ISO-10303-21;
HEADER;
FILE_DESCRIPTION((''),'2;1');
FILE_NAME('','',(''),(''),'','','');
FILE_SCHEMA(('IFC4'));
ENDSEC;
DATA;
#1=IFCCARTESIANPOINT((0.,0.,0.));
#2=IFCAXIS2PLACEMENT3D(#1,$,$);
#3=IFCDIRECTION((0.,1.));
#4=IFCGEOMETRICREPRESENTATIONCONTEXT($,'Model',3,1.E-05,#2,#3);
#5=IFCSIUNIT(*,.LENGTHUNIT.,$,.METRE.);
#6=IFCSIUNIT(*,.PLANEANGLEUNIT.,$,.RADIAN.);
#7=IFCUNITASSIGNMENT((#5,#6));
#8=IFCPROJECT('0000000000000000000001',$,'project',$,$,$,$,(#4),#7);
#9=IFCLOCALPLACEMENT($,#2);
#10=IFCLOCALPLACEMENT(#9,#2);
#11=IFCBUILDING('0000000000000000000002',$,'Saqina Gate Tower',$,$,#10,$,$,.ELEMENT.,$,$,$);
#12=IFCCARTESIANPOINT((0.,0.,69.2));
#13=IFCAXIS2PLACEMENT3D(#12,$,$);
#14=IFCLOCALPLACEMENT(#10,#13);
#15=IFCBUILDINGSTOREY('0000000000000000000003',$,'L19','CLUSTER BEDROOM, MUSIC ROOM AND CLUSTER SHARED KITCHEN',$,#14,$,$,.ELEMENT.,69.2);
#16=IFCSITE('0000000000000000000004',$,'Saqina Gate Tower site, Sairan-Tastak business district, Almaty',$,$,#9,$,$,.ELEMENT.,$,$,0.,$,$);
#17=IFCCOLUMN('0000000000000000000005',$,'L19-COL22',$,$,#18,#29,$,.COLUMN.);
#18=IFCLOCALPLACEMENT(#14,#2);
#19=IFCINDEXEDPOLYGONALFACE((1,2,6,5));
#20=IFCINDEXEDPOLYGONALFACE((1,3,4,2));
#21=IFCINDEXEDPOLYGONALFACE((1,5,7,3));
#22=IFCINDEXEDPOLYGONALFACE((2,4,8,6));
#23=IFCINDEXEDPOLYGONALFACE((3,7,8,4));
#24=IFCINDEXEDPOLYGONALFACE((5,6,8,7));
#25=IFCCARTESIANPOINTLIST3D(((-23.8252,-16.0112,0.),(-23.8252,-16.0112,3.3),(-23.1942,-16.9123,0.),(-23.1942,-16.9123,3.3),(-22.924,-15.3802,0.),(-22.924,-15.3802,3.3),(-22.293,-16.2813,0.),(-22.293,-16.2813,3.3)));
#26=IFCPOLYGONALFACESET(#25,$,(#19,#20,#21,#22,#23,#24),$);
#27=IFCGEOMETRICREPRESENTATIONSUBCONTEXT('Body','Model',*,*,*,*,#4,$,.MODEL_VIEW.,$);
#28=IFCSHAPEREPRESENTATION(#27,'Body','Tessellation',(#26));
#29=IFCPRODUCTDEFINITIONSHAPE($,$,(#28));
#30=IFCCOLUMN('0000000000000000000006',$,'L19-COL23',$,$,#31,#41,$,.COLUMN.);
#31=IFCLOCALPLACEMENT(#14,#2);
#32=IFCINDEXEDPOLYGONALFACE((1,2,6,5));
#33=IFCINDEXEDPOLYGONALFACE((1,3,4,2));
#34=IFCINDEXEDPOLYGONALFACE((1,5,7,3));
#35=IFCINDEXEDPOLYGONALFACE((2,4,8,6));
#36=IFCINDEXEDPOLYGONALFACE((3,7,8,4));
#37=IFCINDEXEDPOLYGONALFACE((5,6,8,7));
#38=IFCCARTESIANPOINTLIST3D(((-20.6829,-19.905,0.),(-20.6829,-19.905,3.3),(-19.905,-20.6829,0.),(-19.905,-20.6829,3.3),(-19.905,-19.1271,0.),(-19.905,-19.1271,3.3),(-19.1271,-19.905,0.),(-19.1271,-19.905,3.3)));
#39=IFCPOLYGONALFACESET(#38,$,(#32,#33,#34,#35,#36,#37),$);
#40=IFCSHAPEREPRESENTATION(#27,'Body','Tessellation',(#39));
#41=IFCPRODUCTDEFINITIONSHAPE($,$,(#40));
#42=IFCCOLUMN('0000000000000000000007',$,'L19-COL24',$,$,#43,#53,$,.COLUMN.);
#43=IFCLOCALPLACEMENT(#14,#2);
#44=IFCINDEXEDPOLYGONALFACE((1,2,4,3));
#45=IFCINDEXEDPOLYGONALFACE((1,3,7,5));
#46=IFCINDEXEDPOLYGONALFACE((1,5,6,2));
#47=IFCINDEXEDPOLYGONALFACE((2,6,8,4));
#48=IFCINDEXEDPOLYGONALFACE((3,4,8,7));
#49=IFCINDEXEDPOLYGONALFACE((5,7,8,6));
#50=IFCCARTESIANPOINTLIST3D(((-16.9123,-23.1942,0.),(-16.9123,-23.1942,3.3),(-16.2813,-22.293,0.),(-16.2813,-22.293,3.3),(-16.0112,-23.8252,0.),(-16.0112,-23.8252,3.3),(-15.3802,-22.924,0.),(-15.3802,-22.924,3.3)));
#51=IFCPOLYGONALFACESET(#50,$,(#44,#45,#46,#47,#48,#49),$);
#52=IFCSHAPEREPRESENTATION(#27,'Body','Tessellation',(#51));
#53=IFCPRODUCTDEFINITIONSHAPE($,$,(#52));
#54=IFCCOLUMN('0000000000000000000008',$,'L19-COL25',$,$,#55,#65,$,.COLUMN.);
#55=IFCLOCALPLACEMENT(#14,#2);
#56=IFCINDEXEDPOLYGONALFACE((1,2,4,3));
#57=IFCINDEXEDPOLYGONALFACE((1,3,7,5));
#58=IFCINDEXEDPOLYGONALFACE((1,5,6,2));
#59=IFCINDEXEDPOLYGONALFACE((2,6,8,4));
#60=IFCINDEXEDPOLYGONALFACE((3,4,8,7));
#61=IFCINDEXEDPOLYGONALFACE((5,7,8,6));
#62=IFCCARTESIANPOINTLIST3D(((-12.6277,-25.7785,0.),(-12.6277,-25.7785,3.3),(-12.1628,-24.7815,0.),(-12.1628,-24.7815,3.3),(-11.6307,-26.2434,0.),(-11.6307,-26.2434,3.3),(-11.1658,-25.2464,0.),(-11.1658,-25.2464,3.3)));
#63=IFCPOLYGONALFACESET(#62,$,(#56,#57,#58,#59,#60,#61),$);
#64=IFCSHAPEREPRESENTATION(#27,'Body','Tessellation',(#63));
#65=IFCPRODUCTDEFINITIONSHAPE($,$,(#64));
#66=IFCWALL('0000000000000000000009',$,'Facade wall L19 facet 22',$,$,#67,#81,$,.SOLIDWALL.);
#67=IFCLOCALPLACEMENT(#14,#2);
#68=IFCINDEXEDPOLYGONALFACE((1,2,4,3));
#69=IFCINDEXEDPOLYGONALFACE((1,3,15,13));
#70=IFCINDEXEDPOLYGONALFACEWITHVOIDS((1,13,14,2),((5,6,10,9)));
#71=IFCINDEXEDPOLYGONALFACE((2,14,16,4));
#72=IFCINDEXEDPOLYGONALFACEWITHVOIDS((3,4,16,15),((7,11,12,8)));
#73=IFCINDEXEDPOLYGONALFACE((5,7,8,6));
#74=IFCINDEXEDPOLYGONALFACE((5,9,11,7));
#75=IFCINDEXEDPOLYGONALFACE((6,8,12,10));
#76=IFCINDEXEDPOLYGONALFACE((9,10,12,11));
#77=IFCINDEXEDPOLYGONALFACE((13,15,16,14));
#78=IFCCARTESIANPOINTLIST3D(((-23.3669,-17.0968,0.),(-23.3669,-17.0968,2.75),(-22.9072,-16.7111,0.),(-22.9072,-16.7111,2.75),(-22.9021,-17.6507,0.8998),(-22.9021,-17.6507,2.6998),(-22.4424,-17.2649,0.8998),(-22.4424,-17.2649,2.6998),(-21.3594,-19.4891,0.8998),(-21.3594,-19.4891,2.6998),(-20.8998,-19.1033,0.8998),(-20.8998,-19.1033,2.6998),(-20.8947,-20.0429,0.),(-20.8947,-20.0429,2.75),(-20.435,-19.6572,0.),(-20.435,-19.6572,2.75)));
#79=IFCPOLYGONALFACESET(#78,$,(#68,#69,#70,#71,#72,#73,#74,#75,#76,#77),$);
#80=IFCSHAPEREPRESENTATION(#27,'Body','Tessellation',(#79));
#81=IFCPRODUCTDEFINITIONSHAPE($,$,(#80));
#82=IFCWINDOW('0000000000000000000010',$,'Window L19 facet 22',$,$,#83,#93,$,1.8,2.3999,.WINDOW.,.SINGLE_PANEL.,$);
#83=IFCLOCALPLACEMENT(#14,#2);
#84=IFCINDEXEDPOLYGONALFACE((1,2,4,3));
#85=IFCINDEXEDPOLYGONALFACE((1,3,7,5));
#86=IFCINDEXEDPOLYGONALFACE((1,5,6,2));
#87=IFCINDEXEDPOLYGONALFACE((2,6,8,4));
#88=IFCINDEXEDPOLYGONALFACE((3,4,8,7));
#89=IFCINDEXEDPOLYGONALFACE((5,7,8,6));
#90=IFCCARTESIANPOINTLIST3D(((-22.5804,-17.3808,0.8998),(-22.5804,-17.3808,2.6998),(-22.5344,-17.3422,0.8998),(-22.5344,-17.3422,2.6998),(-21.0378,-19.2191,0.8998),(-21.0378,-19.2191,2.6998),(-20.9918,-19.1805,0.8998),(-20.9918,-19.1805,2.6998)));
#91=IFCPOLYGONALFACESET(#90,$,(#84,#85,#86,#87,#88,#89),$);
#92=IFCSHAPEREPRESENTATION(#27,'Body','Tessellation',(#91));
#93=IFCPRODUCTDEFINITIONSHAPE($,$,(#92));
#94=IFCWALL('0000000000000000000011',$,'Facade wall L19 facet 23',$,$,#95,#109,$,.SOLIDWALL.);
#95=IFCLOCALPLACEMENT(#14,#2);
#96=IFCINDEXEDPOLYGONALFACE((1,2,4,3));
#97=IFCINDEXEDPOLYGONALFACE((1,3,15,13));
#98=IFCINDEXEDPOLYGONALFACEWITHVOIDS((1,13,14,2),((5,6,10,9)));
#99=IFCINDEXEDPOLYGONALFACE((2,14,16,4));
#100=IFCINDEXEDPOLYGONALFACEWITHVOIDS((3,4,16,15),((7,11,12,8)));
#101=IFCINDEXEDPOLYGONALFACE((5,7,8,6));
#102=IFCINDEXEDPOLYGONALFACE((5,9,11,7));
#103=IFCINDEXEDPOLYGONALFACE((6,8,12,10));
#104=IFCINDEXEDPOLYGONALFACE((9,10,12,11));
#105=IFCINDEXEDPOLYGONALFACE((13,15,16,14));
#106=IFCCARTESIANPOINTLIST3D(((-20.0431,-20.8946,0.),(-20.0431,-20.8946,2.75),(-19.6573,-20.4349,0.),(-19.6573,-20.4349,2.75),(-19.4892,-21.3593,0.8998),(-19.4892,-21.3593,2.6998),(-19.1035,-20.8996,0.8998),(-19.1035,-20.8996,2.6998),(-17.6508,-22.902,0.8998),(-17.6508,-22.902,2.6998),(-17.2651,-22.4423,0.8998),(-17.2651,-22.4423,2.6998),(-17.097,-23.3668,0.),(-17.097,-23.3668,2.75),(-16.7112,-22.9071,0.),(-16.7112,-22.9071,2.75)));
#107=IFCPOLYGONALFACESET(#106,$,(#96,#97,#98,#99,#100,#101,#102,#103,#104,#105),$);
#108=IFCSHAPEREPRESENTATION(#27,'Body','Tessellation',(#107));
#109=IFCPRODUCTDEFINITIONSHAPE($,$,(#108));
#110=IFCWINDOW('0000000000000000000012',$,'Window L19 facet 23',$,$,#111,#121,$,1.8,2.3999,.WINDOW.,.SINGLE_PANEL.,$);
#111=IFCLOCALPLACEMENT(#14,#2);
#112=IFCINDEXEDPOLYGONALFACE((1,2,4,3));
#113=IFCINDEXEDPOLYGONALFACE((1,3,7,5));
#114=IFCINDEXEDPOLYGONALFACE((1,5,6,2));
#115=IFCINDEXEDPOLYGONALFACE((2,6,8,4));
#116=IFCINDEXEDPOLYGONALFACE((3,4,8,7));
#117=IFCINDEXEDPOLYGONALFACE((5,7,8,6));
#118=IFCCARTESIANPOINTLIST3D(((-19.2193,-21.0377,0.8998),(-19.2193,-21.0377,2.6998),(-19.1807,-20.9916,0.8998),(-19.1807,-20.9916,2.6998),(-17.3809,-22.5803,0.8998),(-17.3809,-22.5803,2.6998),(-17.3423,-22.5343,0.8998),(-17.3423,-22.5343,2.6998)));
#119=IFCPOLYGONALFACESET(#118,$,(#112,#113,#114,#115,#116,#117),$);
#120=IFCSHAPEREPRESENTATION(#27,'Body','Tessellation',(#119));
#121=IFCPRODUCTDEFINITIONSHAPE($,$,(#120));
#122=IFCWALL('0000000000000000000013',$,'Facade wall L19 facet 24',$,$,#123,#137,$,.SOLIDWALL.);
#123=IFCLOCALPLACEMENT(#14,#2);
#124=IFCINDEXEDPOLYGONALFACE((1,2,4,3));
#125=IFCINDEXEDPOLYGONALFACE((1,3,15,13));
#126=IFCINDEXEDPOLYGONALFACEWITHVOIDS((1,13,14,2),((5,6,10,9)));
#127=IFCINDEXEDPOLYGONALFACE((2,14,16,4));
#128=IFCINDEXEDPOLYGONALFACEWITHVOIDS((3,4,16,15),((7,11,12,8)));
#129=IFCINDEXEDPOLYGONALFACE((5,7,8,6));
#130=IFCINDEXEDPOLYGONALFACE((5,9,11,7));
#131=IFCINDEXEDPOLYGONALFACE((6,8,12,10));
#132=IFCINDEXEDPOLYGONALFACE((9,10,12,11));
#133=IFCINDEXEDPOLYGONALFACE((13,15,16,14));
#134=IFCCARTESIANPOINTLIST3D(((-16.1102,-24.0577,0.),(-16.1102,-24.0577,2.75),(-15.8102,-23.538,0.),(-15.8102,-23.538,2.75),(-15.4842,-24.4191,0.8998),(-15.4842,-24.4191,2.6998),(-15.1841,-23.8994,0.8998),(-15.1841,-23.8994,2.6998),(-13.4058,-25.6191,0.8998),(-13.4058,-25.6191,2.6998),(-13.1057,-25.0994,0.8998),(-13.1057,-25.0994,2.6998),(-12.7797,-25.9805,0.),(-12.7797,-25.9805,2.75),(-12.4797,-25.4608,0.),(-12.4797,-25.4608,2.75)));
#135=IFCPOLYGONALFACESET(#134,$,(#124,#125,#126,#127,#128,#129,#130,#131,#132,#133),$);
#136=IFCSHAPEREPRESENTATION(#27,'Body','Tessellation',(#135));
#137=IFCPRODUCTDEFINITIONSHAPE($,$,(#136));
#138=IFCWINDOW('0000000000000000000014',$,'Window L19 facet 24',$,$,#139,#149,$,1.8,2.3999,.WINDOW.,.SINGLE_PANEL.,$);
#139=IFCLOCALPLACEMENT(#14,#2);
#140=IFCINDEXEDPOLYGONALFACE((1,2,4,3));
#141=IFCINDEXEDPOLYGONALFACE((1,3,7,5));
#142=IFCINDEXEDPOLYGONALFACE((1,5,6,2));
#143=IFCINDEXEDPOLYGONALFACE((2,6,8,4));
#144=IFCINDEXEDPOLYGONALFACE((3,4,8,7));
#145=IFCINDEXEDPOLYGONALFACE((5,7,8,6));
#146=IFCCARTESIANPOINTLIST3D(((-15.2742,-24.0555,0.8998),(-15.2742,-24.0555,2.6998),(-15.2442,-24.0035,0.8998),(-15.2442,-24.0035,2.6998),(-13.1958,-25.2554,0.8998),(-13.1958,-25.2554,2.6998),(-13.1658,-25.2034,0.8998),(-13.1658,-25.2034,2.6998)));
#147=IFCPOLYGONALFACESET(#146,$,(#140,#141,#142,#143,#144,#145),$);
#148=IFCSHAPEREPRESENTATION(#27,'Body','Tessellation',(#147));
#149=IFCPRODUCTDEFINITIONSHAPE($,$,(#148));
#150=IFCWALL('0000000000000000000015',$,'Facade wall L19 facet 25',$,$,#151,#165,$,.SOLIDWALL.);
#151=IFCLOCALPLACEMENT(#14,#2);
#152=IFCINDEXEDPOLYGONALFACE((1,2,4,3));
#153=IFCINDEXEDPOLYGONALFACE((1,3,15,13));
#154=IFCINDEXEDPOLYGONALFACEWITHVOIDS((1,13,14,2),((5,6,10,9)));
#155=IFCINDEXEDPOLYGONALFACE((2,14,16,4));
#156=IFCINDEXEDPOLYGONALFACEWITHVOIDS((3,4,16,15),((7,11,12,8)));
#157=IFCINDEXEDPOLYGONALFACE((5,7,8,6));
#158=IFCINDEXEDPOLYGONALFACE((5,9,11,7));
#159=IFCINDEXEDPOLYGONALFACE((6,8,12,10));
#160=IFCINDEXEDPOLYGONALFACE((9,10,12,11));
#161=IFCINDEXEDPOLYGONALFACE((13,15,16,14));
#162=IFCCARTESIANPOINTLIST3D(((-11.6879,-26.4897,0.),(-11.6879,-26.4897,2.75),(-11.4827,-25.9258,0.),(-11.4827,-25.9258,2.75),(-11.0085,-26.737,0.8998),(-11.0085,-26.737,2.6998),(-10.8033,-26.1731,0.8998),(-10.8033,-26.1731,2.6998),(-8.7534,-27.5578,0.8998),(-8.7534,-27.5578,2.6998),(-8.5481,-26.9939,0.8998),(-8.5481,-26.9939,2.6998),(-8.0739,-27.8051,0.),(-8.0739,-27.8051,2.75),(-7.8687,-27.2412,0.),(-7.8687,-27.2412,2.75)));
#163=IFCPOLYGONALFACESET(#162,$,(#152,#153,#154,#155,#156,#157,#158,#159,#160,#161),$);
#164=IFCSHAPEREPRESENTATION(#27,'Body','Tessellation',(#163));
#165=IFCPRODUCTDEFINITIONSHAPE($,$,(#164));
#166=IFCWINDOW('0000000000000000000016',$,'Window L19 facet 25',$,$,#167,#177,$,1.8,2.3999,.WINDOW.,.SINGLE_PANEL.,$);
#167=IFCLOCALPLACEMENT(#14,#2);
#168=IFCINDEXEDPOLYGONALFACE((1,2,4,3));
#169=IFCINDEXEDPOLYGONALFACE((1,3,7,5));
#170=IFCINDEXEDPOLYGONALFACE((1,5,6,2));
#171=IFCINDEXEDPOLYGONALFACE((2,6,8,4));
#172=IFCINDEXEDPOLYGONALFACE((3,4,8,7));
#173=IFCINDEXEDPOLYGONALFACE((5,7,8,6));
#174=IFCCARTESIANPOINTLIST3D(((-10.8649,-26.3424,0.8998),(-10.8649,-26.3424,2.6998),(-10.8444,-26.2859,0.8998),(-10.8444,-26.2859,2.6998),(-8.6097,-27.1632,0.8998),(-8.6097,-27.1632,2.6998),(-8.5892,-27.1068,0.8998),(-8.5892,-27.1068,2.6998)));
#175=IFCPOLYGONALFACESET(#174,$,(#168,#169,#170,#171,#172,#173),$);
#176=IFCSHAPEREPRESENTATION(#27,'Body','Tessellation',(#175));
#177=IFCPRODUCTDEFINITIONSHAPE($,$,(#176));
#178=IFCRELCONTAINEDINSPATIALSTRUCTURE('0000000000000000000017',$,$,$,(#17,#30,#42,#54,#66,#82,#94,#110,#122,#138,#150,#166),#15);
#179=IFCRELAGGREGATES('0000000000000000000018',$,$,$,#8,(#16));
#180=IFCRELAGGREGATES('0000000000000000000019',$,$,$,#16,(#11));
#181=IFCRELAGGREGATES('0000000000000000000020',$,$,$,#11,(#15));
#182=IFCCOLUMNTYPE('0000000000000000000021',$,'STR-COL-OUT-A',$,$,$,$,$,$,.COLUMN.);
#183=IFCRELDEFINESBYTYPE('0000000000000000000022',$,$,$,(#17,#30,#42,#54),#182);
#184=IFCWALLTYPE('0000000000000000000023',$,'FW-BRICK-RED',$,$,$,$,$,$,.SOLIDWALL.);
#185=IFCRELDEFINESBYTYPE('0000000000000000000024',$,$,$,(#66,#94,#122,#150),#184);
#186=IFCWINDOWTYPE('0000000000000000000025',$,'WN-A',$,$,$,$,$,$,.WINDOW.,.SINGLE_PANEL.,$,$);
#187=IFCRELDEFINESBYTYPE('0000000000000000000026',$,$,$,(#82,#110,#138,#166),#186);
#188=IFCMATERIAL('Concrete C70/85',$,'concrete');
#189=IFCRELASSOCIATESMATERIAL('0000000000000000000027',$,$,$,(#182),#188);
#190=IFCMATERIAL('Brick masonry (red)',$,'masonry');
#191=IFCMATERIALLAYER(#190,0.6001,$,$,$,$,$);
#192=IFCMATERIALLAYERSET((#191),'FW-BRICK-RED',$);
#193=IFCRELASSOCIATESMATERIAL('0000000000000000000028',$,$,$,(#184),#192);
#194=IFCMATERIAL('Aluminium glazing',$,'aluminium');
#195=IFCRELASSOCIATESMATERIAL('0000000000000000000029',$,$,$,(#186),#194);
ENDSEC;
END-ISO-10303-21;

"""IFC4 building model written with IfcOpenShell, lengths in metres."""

from ifc_helpers import new_model, si_unit, direction, frame, frame_2d, origin, origin_2d, place, context, subcontext, project, spatial, rectangle, extrude, material, layer, layer_set, material_profile, profile_set, type_object, element, fill, save


model = new_model("IFC4")

# Units and contexts
model_context = context("Model", 3, precision=1e-05, world=origin(), true_north=direction((0.0, 1.0)))
body_context = subcontext(model_context, "Body", "Model", "MODEL_VIEW")
ifc_project = project(units=[si_unit("LENGTHUNIT", "METRE"), si_unit("PLANEANGLEUNIT", "RADIAN")], contexts=[model_context])

# Site, building, storey
site_placement = place(None, origin())
site = spatial("IfcSite", under=ifc_project, at=site_placement, Name="Saqina Gate Tower site, Sairan-Tastak business district, Almaty", CompositionType="ELEMENT", RefElevation=0.0)
building_placement = place(site_placement, origin())
building = spatial("IfcBuilding", under=site, at=building_placement, Name="Saqina Gate Tower", CompositionType="ELEMENT")
storey_placement = place(building_placement, frame((0.0, 0.0, 69.2)))
storey = spatial("IfcBuildingStorey", under=building, at=storey_placement, Name="L19", Description="CLUSTER BEDROOM, MUSIC ROOM AND CLUSTER SHARED KITCHEN", CompositionType="ELEMENT", Elevation=69.2)

# Columns
ifc_material_1 = material(Name="Concrete C70/85", Category="concrete")
ifc_material_profile = material_profile(ifc_material_1, rectangle(XDim=1.1001, YDim=1.1001, at=origin_2d()), Name="RC 1100x1100")
ifc_profile_set = profile_set([ifc_material_profile], Name="Concrete C70/85")
column_type = type_object("IfcColumnType", Name="STR-COL-OUT-A", PredefinedType="COLUMN", material=ifc_profile_set)
for number, where, z_axis, x_axis, name in (
    (1, (-23.0591, -16.1462, 0.0), (0.0, 0.0, 1.0), (-0.819152, -0.573576, 0.0), "L19-COL22"),
    (2, (-19.905, -19.905, 0.0), (0.0, 0.0, 1.0), (-0.707107, -0.707107, 0.0), "L19-COL23"),
    (3, (-16.1462, -23.0591, 0.0), (0.0, 0.0, 1.0), (-0.573576, -0.819152, 0.0), "L19-COL24"),
    (4, (-11.8967, -25.5125, 0.0), (0.0, 0.0, 1.0), (-0.422618, -0.906308, 0.0), "L19-COL25"),
):
    element("IfcColumn", number, at=place(storey_placement, frame(where, z_axis=z_axis, x_axis=x_axis)), inside=storey, type_object=column_type, Name=name, PredefinedType="COLUMN", context=body_context, shape_type="SweptSolid", body=[
        extrude(rectangle(XDim=1.1001, YDim=1.1001, at=origin_2d()), origin(), (0.0, 0.0, 1.0), 3.3),
    ])

# Walls, openings, windows
ifc_material_2 = material(Name="Brick masonry (red)", Category="masonry")
ifc_layer_1 = layer(ifc_material_2, 0.6001)
ifc_layer_set_1 = layer_set([ifc_layer_1], Name="FW-BRICK-RED")
wall_type_1 = type_object("IfcWallType", Name="FW-BRICK-RED", PredefinedType="SOLIDWALL", material=ifc_layer_set_1)
wall_1_placement = place(storey_placement, frame((-23.137, -16.9041, 0.0), z_axis=(0.0, 0.0, 1.0), x_axis=(0.642809, -0.766026, 0.0)))
wall_1 = element("IfcWall", 5, at=wall_1_placement, inside=storey, type_object=wall_type_1, Name="Facade wall L19 facet 22", PredefinedType="SOLIDWALL", context=body_context, shape_type="SweptSolid", body=[
    extrude(rectangle(XDim=3.8459, YDim=0.6001, at=frame_2d((1.9229, 0.0))), origin(), (0.0, 0.0, 1.0), 2.75),
])
opening_1_placement = place(wall_1_placement, frame((0.7229, 0.0, 0.8999)))
opening_1 = element("IfcOpeningElement", 6, at=opening_1_placement, cuts=wall_1, PredefinedType="OPENING", context=body_context, shape_type="SweptSolid", body=[
    extrude(rectangle(XDim=2.3999, YDim=1.8, at=frame_2d((1.2, 0.8999))), frame((0.0, 0.312, 0.0), z_axis=(0.0, -1.0, 0.0), x_axis=(1.0, 0.0, 0.0)), (0.0, 0.0, 1.0), 0.624),
])
ifc_material_3 = material(Name="Aluminium glazing", Category="aluminium")
window_type = type_object("IfcWindowType", Name="WN-A", PartitioningType="SINGLE_PANEL", PredefinedType="WINDOW", material=ifc_material_3)
window_1_placement = place(opening_1_placement, origin())
window_1 = element("IfcWindow", 7, at=window_1_placement, inside=storey, type_object=window_type, Name="Window L19 facet 22", OverallHeight=1.8, OverallWidth=2.3999, PartitioningType="SINGLE_PANEL", PredefinedType="WINDOW", context=body_context, shape_type="SweptSolid", body=[
    extrude(rectangle(XDim=2.3999, YDim=1.8, at=frame_2d((1.2, 0.8999))), frame((0.0, 0.1799, 0.0), z_axis=(0.0, -1.0, 0.0), x_axis=(1.0, 0.0, 0.0)), (0.0, 0.0, 1.0), 0.0601),
])
fill(opening_1, window_1)
wall_2_placement = place(storey_placement, frame((-19.8501, -20.6648, 0.0), z_axis=(0.0, 0.0, 1.0), x_axis=(0.766026, -0.642809, 0.0)))
wall_2 = element("IfcWall", 8, at=wall_2_placement, inside=storey, type_object=wall_type_1, Name="Facade wall L19 facet 23", PredefinedType="SOLIDWALL", context=body_context, shape_type="SweptSolid", body=[
    extrude(rectangle(XDim=3.8459, YDim=0.6001, at=frame_2d((1.9229, 0.0))), origin(), (0.0, 0.0, 1.0), 2.75),
])
opening_2_placement = place(wall_2_placement, frame((0.7229, 0.0, 0.8999)))
opening_2 = element("IfcOpeningElement", 9, at=opening_2_placement, cuts=wall_2, PredefinedType="OPENING", context=body_context, shape_type="SweptSolid", body=[
    extrude(rectangle(XDim=2.3999, YDim=1.8, at=frame_2d((1.2, 0.8999))), frame((0.0, 0.312, 0.0), z_axis=(0.0, -1.0, 0.0), x_axis=(1.0, 0.0, 0.0)), (0.0, 0.0, 1.0), 0.624),
])
window_2_placement = place(opening_2_placement, origin())
window_2 = element("IfcWindow", 10, at=window_2_placement, inside=storey, type_object=window_type, Name="Window L19 facet 23", OverallHeight=1.8, OverallWidth=2.3999, PartitioningType="SINGLE_PANEL", PredefinedType="WINDOW", context=body_context, shape_type="SweptSolid", body=[
    extrude(rectangle(XDim=2.3999, YDim=1.8, at=frame_2d((1.2, 0.8999))), frame((0.0, 0.1799, 0.0), z_axis=(0.0, -1.0, 0.0), x_axis=(1.0, 0.0, 0.0)), (0.0, 0.0, 1.0), 0.0601),
])
fill(opening_2, window_2)
wall_3_placement = place(storey_placement, frame((-15.9602, -23.7979, 0.0), z_axis=(0.0, 0.0, 1.0), x_axis=(0.866031, -0.49999, 0.0)))
wall_3 = element("IfcWall", 11, at=wall_3_placement, inside=storey, type_object=wall_type_1, Name="Facade wall L19 facet 24", PredefinedType="SOLIDWALL", context=body_context, shape_type="SweptSolid", body=[
    extrude(rectangle(XDim=3.8457, YDim=0.6001, at=frame_2d((1.9229, 0.0))), origin(), (0.0, 0.0, 1.0), 2.75),
])
opening_3_placement = place(wall_3_placement, frame((0.7229, 0.0, 0.8999)))
opening_3 = element("IfcOpeningElement", 12, at=opening_3_placement, cuts=wall_3, PredefinedType="OPENING", context=body_context, shape_type="SweptSolid", body=[
    extrude(rectangle(XDim=2.3999, YDim=1.8, at=frame_2d((1.2, 0.8999))), frame((0.0, 0.312, 0.0), z_axis=(0.0, -1.0, 0.0), x_axis=(1.0, 0.0, 0.0)), (0.0, 0.0, 1.0), 0.624),
])
window_3_placement = place(opening_3_placement, origin())
window_3 = element("IfcWindow", 13, at=window_3_placement, inside=storey, type_object=window_type, Name="Window L19 facet 24", OverallHeight=1.8, OverallWidth=2.3999, PartitioningType="SINGLE_PANEL", PredefinedType="WINDOW", context=body_context, shape_type="SweptSolid", body=[
    extrude(rectangle(XDim=2.3999, YDim=1.8, at=frame_2d((1.2, 0.8999))), frame((0.0, 0.1799, 0.0), z_axis=(0.0, -1.0, 0.0), x_axis=(1.0, 0.0, 0.0)), (0.0, 0.0, 1.0), 0.0601),
])
fill(opening_3, window_3)
wall_4_placement = place(storey_placement, frame((-11.5852, -26.2078, 0.0), z_axis=(0.0, 0.0, 1.0), x_axis=(0.93969, -0.342028, 0.0)))
wall_4 = element("IfcWall", 14, at=wall_4_placement, inside=storey, type_object=wall_type_1, Name="Facade wall L19 facet 25", PredefinedType="SOLIDWALL", context=body_context, shape_type="SweptSolid", body=[
    extrude(rectangle(XDim=3.8459, YDim=0.6001, at=frame_2d((1.9229, 0.0))), origin(), (0.0, 0.0, 1.0), 2.75),
])
opening_4_placement = place(wall_4_placement, frame((0.7229, 0.0, 0.8999)))
opening_4 = element("IfcOpeningElement", 15, at=opening_4_placement, cuts=wall_4, PredefinedType="OPENING", context=body_context, shape_type="SweptSolid", body=[
    extrude(rectangle(XDim=2.3999, YDim=1.8, at=frame_2d((1.2, 0.8999))), frame((0.0, 0.312, 0.0), z_axis=(0.0, -1.0, 0.0), x_axis=(1.0, 0.0, 0.0)), (0.0, 0.0, 1.0), 0.624),
])
window_4_placement = place(opening_4_placement, origin())
window_4 = element("IfcWindow", 16, at=window_4_placement, inside=storey, type_object=window_type, Name="Window L19 facet 25", OverallHeight=1.8, OverallWidth=2.3999, PartitioningType="SINGLE_PANEL", PredefinedType="WINDOW", context=body_context, shape_type="SweptSolid", body=[
    extrude(rectangle(XDim=2.3999, YDim=1.8, at=frame_2d((1.2, 0.8999))), frame((0.0, 0.1799, 0.0), z_axis=(0.0, -1.0, 0.0), x_axis=(1.0, 0.0, 0.0)), (0.0, 0.0, 1.0), 0.0601),
])
fill(opening_4, window_4)

save(model, "model.ifc")
